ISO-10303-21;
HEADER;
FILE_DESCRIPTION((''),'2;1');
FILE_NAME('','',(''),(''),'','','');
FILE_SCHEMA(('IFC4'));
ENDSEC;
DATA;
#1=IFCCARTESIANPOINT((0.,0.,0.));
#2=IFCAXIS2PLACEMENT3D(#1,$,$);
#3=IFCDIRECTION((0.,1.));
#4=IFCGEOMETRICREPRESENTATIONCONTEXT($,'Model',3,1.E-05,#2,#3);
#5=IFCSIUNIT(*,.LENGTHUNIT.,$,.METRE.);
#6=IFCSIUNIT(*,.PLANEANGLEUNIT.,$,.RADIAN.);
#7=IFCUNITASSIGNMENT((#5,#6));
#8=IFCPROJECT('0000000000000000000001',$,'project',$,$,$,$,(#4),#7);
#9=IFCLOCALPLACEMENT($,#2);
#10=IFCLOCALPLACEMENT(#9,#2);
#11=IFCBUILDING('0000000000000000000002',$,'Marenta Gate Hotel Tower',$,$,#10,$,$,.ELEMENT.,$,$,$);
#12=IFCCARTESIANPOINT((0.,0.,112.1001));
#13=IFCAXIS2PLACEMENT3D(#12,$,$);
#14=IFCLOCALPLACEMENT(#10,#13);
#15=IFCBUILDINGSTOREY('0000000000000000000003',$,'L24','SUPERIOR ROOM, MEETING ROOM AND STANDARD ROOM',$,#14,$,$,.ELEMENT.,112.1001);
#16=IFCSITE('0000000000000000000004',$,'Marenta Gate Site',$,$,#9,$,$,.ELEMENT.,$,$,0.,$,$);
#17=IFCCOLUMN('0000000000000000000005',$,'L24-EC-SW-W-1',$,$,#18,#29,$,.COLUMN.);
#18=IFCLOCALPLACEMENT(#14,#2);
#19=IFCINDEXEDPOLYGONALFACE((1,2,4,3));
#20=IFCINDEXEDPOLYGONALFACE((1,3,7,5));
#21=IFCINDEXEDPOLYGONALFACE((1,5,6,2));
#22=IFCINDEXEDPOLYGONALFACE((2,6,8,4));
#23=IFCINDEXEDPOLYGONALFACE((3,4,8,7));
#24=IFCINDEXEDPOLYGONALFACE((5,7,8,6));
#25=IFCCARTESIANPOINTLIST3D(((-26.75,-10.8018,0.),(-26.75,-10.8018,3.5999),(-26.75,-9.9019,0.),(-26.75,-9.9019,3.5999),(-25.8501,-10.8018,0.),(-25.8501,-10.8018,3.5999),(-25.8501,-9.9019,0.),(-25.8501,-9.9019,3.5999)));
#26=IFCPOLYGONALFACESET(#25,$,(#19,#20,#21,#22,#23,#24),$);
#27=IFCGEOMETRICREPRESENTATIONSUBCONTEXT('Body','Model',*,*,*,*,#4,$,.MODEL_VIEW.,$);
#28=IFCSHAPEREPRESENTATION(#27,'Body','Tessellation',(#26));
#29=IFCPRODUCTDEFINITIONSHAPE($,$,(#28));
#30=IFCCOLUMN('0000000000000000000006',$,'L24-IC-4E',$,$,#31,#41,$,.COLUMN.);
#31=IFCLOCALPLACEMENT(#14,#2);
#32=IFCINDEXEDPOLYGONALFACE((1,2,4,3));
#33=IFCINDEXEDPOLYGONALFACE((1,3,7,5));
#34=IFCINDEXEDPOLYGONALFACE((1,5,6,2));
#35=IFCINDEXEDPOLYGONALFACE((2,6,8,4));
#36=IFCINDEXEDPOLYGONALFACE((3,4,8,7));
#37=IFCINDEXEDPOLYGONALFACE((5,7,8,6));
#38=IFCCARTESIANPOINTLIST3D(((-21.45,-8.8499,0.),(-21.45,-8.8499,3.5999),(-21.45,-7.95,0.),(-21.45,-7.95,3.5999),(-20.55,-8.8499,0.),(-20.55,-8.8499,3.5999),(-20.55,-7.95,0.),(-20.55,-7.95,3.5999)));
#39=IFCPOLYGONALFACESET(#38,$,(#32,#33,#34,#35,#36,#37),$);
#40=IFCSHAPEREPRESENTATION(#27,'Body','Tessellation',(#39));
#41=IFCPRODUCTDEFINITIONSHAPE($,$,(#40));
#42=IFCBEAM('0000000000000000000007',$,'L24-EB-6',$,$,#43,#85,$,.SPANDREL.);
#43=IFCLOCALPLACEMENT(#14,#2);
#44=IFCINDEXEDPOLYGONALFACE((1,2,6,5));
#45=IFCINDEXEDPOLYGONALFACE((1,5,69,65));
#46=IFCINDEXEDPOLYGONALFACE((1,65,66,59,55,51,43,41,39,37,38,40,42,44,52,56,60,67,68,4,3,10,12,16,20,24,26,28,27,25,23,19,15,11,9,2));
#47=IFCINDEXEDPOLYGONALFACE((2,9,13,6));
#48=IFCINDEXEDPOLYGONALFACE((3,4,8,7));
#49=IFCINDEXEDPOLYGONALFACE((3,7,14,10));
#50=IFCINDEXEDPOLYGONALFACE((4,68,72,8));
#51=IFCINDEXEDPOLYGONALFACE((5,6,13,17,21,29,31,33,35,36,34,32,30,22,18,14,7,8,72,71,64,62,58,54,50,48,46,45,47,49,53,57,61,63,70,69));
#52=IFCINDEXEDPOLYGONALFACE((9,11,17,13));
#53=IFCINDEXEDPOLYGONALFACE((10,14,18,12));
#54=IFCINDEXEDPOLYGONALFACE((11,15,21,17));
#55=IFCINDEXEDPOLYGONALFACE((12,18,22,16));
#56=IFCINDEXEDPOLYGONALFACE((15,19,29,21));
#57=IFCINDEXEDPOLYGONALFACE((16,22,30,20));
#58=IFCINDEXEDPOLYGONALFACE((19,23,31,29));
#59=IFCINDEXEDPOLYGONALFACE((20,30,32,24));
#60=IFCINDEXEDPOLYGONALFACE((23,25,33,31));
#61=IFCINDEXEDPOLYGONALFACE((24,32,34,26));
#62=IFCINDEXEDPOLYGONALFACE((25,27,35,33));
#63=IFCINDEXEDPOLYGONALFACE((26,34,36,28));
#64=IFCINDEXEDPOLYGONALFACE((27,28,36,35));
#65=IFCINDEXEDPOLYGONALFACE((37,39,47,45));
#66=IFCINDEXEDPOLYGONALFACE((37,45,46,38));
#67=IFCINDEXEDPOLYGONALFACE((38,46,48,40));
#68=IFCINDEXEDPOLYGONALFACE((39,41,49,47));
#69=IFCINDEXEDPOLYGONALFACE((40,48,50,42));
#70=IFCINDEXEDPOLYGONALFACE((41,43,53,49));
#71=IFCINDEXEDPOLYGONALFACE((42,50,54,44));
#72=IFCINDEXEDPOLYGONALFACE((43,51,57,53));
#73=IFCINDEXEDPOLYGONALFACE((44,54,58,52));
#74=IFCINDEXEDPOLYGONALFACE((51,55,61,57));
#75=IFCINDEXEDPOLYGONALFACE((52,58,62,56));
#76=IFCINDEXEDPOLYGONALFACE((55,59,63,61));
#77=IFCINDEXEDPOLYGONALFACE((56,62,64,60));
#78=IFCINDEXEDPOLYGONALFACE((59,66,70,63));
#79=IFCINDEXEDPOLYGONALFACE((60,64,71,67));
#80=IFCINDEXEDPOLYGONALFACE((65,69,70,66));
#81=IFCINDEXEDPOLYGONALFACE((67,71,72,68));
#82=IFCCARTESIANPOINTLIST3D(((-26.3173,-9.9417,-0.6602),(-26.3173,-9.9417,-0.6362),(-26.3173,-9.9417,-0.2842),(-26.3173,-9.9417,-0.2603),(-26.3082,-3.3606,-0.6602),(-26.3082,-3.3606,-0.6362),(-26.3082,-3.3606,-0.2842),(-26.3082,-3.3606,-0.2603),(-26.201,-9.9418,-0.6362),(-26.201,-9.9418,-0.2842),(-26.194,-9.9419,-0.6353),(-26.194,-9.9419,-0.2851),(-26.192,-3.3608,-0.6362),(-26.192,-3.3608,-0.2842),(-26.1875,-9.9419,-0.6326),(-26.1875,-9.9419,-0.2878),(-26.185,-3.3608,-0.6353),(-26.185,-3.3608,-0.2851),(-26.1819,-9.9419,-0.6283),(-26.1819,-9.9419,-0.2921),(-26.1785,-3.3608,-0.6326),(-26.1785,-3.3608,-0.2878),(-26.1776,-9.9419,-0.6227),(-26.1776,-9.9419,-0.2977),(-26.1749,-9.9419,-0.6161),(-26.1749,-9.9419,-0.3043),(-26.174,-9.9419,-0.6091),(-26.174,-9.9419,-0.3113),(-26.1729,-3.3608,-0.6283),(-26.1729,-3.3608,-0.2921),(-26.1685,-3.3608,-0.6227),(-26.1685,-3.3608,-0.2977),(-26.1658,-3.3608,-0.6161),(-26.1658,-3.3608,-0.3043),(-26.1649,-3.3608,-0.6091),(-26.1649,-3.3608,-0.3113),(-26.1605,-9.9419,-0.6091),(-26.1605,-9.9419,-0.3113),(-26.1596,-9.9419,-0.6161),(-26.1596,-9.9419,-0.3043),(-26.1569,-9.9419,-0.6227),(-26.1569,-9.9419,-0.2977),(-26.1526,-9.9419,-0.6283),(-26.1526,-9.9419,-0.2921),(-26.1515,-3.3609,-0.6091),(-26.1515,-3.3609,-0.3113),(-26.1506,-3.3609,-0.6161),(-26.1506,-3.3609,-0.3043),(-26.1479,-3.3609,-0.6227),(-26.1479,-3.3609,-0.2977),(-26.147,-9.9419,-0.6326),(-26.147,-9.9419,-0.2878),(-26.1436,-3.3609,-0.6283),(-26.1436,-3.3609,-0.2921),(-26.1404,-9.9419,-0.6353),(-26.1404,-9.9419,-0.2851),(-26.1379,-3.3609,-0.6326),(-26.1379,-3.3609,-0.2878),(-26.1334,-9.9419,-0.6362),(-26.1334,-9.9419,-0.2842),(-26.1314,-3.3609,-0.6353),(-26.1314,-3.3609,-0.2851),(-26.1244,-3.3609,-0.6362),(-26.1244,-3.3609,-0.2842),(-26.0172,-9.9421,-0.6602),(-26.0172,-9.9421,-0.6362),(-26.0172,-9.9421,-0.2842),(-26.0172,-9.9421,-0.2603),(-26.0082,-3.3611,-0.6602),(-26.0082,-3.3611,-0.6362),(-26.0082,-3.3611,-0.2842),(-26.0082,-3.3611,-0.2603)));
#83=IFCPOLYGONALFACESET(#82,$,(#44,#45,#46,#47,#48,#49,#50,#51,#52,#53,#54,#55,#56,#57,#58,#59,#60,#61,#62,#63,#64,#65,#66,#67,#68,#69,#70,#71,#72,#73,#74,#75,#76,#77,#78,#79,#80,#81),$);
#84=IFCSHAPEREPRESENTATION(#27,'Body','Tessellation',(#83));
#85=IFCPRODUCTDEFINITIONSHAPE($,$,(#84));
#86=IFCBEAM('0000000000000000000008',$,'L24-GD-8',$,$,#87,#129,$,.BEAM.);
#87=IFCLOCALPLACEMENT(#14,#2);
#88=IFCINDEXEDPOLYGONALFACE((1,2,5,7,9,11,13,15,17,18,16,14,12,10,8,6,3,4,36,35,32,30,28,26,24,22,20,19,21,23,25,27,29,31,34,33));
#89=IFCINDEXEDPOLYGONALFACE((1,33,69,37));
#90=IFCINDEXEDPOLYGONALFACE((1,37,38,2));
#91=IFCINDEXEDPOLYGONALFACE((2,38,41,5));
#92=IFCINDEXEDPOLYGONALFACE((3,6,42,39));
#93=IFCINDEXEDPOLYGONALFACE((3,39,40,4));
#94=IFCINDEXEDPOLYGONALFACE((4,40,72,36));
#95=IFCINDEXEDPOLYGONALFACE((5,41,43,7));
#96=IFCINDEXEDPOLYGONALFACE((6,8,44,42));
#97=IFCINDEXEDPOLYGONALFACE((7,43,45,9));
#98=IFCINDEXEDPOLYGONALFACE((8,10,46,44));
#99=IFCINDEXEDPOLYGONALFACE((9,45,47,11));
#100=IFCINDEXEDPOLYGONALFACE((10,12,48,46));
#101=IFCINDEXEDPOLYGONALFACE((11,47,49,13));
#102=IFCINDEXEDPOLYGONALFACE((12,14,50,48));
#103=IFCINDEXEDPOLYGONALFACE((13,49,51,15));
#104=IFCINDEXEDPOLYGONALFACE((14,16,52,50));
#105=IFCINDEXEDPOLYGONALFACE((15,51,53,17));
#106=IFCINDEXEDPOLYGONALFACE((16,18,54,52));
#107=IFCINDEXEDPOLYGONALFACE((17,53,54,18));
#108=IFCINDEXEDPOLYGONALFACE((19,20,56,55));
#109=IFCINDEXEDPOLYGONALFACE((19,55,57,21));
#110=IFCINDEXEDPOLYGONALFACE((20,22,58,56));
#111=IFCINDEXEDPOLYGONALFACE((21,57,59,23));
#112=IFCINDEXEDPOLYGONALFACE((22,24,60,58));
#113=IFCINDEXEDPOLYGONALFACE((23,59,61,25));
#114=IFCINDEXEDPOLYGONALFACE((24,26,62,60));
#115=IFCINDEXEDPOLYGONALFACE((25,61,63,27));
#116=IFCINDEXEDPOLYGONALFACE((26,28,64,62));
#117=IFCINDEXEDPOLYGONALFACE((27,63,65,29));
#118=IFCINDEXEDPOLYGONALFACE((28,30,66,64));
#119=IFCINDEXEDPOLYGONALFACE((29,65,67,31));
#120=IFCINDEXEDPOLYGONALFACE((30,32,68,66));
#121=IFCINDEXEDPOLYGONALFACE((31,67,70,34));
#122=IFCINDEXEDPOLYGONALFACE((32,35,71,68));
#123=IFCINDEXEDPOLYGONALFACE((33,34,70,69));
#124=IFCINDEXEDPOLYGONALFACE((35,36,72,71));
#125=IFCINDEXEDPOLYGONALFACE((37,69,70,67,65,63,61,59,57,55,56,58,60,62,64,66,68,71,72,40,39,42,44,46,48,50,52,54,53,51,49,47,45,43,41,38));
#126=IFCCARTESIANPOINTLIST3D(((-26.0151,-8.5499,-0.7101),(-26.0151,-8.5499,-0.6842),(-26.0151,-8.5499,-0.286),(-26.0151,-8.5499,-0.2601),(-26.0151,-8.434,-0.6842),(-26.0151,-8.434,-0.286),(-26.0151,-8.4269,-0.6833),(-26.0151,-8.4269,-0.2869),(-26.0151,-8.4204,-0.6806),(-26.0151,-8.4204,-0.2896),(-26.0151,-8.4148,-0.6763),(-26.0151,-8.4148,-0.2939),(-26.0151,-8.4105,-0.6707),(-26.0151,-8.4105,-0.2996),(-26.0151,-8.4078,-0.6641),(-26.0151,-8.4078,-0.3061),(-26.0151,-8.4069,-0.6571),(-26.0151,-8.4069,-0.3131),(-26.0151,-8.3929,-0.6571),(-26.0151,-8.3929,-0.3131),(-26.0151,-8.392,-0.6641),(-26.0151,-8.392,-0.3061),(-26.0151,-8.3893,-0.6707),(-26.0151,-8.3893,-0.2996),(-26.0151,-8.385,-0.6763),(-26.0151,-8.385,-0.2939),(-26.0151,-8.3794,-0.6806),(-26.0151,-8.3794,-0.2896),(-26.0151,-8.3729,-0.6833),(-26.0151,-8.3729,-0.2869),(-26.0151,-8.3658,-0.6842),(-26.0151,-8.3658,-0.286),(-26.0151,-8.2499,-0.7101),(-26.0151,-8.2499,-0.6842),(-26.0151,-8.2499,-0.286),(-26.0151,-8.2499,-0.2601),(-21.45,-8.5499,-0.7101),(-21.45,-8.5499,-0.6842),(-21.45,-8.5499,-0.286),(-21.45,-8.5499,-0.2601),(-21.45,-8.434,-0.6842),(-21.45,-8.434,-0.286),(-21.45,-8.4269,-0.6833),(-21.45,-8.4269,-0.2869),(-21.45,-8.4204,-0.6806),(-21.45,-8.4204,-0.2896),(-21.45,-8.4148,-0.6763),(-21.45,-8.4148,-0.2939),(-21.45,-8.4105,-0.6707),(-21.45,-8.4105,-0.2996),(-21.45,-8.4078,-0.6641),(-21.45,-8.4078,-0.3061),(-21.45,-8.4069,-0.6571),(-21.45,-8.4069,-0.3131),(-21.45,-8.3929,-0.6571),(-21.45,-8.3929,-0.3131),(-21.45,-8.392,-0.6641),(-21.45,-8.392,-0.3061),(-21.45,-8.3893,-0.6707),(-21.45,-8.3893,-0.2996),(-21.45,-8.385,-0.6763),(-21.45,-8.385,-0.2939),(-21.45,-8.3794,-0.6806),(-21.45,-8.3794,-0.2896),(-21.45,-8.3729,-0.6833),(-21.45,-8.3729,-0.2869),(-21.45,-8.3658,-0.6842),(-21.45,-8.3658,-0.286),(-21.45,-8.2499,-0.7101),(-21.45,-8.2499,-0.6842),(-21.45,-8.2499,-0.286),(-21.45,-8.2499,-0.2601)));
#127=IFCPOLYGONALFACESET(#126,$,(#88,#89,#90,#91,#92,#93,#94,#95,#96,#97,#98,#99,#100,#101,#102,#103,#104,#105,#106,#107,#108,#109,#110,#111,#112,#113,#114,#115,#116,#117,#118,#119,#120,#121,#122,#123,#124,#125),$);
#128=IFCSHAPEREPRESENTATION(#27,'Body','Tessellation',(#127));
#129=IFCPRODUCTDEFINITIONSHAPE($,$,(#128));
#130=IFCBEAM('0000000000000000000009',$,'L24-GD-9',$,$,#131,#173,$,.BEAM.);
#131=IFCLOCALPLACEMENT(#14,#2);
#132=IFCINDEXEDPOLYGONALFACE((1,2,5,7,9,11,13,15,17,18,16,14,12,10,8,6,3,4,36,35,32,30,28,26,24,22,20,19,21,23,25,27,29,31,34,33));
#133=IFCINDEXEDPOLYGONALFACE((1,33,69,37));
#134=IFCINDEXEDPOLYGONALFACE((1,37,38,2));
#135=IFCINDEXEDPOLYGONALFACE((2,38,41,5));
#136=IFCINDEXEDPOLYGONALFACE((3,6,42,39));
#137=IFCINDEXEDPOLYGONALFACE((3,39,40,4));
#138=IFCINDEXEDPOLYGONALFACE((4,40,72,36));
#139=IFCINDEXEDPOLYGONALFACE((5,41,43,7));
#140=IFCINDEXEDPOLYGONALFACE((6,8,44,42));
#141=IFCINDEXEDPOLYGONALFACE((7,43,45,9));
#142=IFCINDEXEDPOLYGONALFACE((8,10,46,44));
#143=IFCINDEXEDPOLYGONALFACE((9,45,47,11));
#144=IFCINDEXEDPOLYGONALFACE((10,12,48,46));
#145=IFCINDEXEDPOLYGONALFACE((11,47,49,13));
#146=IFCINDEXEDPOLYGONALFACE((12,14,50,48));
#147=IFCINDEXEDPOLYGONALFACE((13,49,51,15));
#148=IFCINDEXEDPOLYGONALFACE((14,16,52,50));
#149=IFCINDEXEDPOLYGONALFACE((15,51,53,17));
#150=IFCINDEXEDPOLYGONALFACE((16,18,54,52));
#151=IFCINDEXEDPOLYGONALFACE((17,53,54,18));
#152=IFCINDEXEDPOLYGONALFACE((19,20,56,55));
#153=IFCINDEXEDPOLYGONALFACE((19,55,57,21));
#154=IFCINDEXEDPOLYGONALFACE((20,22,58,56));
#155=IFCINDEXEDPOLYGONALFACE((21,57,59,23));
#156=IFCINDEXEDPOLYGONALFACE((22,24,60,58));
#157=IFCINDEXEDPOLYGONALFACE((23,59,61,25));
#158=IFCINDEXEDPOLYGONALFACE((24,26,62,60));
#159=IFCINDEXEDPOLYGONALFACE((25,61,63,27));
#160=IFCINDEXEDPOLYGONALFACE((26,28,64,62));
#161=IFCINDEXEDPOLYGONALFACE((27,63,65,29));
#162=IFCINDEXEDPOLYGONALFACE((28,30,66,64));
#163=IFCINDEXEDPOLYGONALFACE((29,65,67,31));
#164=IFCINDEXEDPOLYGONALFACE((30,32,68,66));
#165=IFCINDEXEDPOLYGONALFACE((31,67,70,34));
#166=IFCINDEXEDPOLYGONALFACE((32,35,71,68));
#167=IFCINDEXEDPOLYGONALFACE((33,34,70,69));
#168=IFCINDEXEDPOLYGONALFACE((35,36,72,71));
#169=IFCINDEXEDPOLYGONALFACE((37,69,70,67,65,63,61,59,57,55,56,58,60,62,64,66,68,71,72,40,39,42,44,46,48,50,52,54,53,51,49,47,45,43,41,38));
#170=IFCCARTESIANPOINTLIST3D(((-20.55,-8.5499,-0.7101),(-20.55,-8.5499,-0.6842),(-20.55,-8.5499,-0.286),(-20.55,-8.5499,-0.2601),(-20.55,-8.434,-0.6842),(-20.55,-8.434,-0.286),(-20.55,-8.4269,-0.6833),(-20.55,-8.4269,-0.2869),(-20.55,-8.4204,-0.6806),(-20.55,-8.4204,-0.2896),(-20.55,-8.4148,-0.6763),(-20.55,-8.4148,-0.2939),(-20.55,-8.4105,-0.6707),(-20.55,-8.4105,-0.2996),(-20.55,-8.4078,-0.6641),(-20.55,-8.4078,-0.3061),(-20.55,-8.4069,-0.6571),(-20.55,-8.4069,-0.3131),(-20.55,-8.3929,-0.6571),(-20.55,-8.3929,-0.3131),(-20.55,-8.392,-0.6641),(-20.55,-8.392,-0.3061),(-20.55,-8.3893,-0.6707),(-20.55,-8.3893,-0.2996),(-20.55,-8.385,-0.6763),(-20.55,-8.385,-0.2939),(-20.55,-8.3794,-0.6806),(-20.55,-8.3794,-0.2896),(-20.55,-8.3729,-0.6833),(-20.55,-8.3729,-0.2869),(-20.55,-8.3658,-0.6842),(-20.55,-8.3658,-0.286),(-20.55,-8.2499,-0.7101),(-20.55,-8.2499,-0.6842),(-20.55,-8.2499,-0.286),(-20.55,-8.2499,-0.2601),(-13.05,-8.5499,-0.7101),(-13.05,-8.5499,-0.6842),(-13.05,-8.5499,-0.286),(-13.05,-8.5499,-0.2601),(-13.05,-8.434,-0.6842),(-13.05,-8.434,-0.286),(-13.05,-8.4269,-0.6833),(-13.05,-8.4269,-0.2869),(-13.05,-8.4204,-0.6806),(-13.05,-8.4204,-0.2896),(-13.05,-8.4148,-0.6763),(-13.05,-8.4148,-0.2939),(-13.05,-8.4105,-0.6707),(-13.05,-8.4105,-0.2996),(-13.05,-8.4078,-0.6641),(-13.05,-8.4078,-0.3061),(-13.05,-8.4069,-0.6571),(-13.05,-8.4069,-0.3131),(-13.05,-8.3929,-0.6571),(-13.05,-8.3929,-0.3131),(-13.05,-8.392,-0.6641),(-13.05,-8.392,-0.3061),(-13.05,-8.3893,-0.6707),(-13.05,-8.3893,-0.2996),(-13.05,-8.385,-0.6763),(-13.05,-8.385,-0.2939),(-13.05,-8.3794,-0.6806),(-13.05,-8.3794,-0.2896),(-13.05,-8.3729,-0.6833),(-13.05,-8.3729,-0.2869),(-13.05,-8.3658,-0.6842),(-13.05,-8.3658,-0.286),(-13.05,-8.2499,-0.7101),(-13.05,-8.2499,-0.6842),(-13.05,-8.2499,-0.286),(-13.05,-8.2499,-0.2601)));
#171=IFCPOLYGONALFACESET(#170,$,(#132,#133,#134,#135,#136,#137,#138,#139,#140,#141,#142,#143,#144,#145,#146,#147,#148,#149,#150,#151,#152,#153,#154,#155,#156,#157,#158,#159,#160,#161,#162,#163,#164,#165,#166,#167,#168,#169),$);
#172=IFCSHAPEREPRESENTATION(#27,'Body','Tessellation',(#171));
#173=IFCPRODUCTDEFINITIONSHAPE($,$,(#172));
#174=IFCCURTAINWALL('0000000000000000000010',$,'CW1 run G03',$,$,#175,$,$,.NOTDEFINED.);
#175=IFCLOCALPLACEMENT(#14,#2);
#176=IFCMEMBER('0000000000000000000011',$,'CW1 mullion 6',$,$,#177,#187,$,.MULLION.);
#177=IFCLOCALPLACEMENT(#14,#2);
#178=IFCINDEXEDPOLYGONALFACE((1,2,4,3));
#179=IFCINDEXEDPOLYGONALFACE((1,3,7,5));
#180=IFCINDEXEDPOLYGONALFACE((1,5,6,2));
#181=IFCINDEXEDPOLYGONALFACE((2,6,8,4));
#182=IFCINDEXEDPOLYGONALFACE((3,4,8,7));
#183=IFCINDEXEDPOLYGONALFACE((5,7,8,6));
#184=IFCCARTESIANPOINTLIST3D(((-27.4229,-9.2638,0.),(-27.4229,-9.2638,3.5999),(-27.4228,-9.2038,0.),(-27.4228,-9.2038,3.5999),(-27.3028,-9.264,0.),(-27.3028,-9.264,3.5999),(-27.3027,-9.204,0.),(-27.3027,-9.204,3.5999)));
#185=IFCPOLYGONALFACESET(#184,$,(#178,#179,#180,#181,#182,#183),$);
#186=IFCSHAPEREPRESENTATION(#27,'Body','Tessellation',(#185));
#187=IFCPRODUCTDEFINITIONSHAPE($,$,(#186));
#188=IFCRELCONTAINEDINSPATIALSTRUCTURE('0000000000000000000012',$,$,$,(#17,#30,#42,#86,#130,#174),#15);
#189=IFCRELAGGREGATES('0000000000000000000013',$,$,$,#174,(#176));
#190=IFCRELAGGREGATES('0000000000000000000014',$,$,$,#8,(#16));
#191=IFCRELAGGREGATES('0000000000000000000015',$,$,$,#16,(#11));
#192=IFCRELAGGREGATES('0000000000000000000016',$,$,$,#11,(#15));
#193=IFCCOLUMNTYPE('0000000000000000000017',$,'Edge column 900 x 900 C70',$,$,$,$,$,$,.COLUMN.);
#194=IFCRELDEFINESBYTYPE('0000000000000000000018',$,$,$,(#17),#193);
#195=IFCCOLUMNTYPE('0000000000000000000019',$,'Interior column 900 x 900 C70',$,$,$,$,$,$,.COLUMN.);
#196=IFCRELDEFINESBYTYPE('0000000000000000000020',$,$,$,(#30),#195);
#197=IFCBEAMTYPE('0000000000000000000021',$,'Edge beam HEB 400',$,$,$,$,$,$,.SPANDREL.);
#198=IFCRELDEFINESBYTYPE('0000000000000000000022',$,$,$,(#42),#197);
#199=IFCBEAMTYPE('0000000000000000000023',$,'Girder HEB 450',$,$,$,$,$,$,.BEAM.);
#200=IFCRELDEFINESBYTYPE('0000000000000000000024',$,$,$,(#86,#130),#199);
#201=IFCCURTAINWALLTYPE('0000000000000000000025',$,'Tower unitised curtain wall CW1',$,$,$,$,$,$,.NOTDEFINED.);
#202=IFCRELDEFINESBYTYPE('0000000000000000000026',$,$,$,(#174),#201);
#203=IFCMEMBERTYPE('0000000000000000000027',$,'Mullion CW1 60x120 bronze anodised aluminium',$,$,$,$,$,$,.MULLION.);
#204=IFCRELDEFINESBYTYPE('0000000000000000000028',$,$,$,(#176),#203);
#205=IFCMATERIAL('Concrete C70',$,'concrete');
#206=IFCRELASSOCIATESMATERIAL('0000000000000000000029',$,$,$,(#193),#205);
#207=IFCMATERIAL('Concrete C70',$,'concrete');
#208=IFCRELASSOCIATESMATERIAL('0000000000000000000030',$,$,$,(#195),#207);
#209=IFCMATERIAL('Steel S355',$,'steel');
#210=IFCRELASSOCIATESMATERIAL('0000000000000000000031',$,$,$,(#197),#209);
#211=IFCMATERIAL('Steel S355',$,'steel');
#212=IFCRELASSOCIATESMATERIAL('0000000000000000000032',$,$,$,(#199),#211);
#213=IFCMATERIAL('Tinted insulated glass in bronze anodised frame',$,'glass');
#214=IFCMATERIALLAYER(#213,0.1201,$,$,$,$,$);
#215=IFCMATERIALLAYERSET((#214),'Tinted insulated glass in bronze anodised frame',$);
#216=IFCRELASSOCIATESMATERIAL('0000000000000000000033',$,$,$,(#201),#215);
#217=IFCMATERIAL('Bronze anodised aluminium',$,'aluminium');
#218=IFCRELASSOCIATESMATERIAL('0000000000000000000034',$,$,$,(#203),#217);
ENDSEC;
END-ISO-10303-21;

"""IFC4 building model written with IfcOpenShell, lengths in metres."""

from ifc_helpers import new_model, si_unit, direction, frame, origin, origin_2d, place, context, subcontext, project, spatial, rectangle, i_section, extrude, material, layer, layer_set, material_profile, profile_set, type_object, element, aggregate, save


model = new_model("IFC4")

# Units and contexts
model_context = context("Model", 3, precision=1e-05, world=origin(), true_north=direction((0.0, 1.0)))
body_context = subcontext(model_context, "Body", "Model", "MODEL_VIEW")
ifc_project = project(units=[si_unit("LENGTHUNIT", "METRE"), si_unit("PLANEANGLEUNIT", "RADIAN")], contexts=[model_context])

# Site, building, storey
site_placement = place(None, origin())
site = spatial("IfcSite", under=ifc_project, at=site_placement, Name="Marenta Gate Site", CompositionType="ELEMENT", RefElevation=0.0)
building_placement = place(site_placement, origin())
building = spatial("IfcBuilding", under=site, at=building_placement, Name="Marenta Gate Hotel Tower", CompositionType="ELEMENT")
storey_placement = place(building_placement, frame((0.0, 0.0, 112.1001)))
storey = spatial("IfcBuildingStorey", under=building, at=storey_placement, Name="L24", Description="SUPERIOR ROOM, MEETING ROOM AND STANDARD ROOM", CompositionType="ELEMENT", Elevation=112.1001)

# Columns
ifc_material_1 = material(Name="Concrete C70", Category="concrete")
ifc_material_profile_1 = material_profile(ifc_material_1, rectangle(XDim=0.8999, YDim=0.8999, at=origin_2d()), Name="900 x 900")
ifc_profile_set_1 = profile_set([ifc_material_profile_1], Name="Concrete C70")
column_type_1 = type_object("IfcColumnType", Name="Edge column 900 x 900 C70", PredefinedType="COLUMN", material=ifc_profile_set_1)
column_1_placement = place(storey_placement, frame((-26.3, -10.3518, 0.0), z_axis=(0.0, 0.0, 1.0), x_axis=(1.0, 0.0, 0.0)))
element("IfcColumn", 1, at=column_1_placement, inside=storey, type_object=column_type_1, Name="L24-EC-SW-W-1", PredefinedType="COLUMN", context=body_context, shape_type="SweptSolid", body=[
    extrude(rectangle(XDim=0.8999, YDim=0.8999, at=origin_2d()), origin(), (0.0, 0.0, 1.0), 3.5999),
])
ifc_material_2 = material(Name="Concrete C70", Category="concrete")
ifc_material_profile_2 = material_profile(ifc_material_2, rectangle(XDim=0.8999, YDim=0.8999, at=origin_2d()), Name="900 x 900")
ifc_profile_set_2 = profile_set([ifc_material_profile_2], Name="Concrete C70")
column_type_2 = type_object("IfcColumnType", Name="Interior column 900 x 900 C70", PredefinedType="COLUMN", material=ifc_profile_set_2)
column_2_placement = place(storey_placement, frame((-21.0, -8.3999, 0.0), z_axis=(0.0, 0.0, 1.0), x_axis=(1.0, 0.0, 0.0)))
element("IfcColumn", 2, at=column_2_placement, inside=storey, type_object=column_type_2, Name="L24-IC-4E", PredefinedType="COLUMN", context=body_context, shape_type="SweptSolid", body=[
    extrude(rectangle(XDim=0.8999, YDim=0.8999, at=origin_2d()), origin(), (0.0, 0.0, 1.0), 3.5999),
])

# Beams
ifc_material_3 = material(Name="Steel S355", Category="steel")
ifc_material_profile_3 = material_profile(ifc_material_3, i_section(OverallWidth=0.3, OverallDepth=0.3999, WebThickness=0.0134, FlangeThickness=0.0239, FilletRadius=0.0271, at=origin_2d()), Name="HEB 400")
ifc_profile_set_3 = profile_set([ifc_material_profile_3], Name="Steel S355")
beam_type_1 = type_object("IfcBeamType", Name="Edge beam HEB 400", PredefinedType="SPANDREL", material=ifc_profile_set_3)
beam_1_placement = place(storey_placement, frame((-26.1672, -9.9419, -0.4602), z_axis=(0.001373, 0.999999, 0.0), x_axis=(-0.999999, 0.001373, 0.0)))
element("IfcBeam", 3, at=beam_1_placement, inside=storey, type_object=beam_type_1, Name="L24-EB-6", PredefinedType="SPANDREL", context=body_context, shape_type="SweptSolid", body=[
    extrude(i_section(OverallWidth=0.3, OverallDepth=0.3999, WebThickness=0.0134, FlangeThickness=0.0239, FilletRadius=0.0271, at=origin_2d()), origin(), (0.0, 0.0, 1.0), 6.5811),
])
ifc_material_4 = material(Name="Steel S355", Category="steel")
ifc_material_profile_4 = material_profile(ifc_material_4, i_section(OverallWidth=0.3, OverallDepth=0.45, WebThickness=0.0139, FlangeThickness=0.0259, FilletRadius=0.0271, at=origin_2d()), Name="HEB 450")
ifc_profile_set_4 = profile_set([ifc_material_profile_4], Name="Steel S355")
beam_type_2 = type_object("IfcBeamType", Name="Girder HEB 450", PredefinedType="BEAM", material=ifc_profile_set_4)
beam_2_placement = place(storey_placement, frame((-26.0151, -8.3999, -0.4851), z_axis=(1.0, 0.0, 0.0), x_axis=(0.0, 1.0, 0.0)))
element("IfcBeam", 4, at=beam_2_placement, inside=storey, type_object=beam_type_2, Name="L24-GD-8", PredefinedType="BEAM", context=body_context, shape_type="SweptSolid", body=[
    extrude(i_section(OverallWidth=0.3, OverallDepth=0.45, WebThickness=0.0139, FlangeThickness=0.0259, FilletRadius=0.0271, at=origin_2d()), origin(), (0.0, 0.0, 1.0), 4.5652),
])
beam_3_placement = place(storey_placement, frame((-20.55, -8.3999, -0.4851), z_axis=(1.0, 0.0, 0.0), x_axis=(0.0, 1.0, 0.0)))
element("IfcBeam", 5, at=beam_3_placement, inside=storey, type_object=beam_type_2, Name="L24-GD-9", PredefinedType="BEAM", context=body_context, shape_type="SweptSolid", body=[
    extrude(i_section(OverallWidth=0.3, OverallDepth=0.45, WebThickness=0.0139, FlangeThickness=0.0259, FilletRadius=0.0271, at=origin_2d()), origin(), (0.0, 0.0, 1.0), 7.5),
])

# Curtain wall, member
ifc_material_5 = material(Name="Tinted insulated glass in bronze anodised frame", Category="glass")
ifc_layer_1 = layer(ifc_material_5, 0.1201)
ifc_layer_set_1 = layer_set([ifc_layer_1], Name="Tinted insulated glass in bronze anodised frame")
curtain_wall_type = type_object("IfcCurtainWallType", Name="Tower unitised curtain wall CW1", PredefinedType="NOTDEFINED", material=ifc_layer_set_1)
curtain_wall_placement = place(storey_placement, origin())
curtain_wall = element("IfcCurtainWall", 6, at=curtain_wall_placement, inside=storey, type_object=curtain_wall_type, Name="CW1 run G03", PredefinedType="NOTDEFINED")
ifc_material_6 = material(Name="Bronze anodised aluminium", Category="aluminium")
ifc_material_profile_5 = material_profile(ifc_material_6, rectangle(XDim=0.1201, YDim=0.0601, at=origin_2d()), Name="Mullion CW1 60x120 bronze anodised aluminium")
ifc_profile_set_5 = profile_set([ifc_material_profile_5], Name="Bronze anodised aluminium")
member_type_1 = type_object("IfcMemberType", Name="Mullion CW1 60x120 bronze anodised aluminium", PredefinedType="MULLION", material=ifc_profile_set_5)
member_1_placement = place(storey_placement, frame((-27.3628, -9.2339, 0.0), z_axis=(0.0, 0.0, 1.0), x_axis=(0.999999, -0.001566, 0.0)))
member_1 = element("IfcMember", 7, at=member_1_placement, type_object=member_type_1, Name="CW1 mullion 6", PredefinedType="MULLION", context=body_context, shape_type="SweptSolid", body=[
    extrude(rectangle(XDim=0.1201, YDim=0.0601, at=origin_2d()), origin(), (0.0, 0.0, 1.0), 3.5999),
])
aggregate(curtain_wall, [member_1])

save(model, "model.ifc")
